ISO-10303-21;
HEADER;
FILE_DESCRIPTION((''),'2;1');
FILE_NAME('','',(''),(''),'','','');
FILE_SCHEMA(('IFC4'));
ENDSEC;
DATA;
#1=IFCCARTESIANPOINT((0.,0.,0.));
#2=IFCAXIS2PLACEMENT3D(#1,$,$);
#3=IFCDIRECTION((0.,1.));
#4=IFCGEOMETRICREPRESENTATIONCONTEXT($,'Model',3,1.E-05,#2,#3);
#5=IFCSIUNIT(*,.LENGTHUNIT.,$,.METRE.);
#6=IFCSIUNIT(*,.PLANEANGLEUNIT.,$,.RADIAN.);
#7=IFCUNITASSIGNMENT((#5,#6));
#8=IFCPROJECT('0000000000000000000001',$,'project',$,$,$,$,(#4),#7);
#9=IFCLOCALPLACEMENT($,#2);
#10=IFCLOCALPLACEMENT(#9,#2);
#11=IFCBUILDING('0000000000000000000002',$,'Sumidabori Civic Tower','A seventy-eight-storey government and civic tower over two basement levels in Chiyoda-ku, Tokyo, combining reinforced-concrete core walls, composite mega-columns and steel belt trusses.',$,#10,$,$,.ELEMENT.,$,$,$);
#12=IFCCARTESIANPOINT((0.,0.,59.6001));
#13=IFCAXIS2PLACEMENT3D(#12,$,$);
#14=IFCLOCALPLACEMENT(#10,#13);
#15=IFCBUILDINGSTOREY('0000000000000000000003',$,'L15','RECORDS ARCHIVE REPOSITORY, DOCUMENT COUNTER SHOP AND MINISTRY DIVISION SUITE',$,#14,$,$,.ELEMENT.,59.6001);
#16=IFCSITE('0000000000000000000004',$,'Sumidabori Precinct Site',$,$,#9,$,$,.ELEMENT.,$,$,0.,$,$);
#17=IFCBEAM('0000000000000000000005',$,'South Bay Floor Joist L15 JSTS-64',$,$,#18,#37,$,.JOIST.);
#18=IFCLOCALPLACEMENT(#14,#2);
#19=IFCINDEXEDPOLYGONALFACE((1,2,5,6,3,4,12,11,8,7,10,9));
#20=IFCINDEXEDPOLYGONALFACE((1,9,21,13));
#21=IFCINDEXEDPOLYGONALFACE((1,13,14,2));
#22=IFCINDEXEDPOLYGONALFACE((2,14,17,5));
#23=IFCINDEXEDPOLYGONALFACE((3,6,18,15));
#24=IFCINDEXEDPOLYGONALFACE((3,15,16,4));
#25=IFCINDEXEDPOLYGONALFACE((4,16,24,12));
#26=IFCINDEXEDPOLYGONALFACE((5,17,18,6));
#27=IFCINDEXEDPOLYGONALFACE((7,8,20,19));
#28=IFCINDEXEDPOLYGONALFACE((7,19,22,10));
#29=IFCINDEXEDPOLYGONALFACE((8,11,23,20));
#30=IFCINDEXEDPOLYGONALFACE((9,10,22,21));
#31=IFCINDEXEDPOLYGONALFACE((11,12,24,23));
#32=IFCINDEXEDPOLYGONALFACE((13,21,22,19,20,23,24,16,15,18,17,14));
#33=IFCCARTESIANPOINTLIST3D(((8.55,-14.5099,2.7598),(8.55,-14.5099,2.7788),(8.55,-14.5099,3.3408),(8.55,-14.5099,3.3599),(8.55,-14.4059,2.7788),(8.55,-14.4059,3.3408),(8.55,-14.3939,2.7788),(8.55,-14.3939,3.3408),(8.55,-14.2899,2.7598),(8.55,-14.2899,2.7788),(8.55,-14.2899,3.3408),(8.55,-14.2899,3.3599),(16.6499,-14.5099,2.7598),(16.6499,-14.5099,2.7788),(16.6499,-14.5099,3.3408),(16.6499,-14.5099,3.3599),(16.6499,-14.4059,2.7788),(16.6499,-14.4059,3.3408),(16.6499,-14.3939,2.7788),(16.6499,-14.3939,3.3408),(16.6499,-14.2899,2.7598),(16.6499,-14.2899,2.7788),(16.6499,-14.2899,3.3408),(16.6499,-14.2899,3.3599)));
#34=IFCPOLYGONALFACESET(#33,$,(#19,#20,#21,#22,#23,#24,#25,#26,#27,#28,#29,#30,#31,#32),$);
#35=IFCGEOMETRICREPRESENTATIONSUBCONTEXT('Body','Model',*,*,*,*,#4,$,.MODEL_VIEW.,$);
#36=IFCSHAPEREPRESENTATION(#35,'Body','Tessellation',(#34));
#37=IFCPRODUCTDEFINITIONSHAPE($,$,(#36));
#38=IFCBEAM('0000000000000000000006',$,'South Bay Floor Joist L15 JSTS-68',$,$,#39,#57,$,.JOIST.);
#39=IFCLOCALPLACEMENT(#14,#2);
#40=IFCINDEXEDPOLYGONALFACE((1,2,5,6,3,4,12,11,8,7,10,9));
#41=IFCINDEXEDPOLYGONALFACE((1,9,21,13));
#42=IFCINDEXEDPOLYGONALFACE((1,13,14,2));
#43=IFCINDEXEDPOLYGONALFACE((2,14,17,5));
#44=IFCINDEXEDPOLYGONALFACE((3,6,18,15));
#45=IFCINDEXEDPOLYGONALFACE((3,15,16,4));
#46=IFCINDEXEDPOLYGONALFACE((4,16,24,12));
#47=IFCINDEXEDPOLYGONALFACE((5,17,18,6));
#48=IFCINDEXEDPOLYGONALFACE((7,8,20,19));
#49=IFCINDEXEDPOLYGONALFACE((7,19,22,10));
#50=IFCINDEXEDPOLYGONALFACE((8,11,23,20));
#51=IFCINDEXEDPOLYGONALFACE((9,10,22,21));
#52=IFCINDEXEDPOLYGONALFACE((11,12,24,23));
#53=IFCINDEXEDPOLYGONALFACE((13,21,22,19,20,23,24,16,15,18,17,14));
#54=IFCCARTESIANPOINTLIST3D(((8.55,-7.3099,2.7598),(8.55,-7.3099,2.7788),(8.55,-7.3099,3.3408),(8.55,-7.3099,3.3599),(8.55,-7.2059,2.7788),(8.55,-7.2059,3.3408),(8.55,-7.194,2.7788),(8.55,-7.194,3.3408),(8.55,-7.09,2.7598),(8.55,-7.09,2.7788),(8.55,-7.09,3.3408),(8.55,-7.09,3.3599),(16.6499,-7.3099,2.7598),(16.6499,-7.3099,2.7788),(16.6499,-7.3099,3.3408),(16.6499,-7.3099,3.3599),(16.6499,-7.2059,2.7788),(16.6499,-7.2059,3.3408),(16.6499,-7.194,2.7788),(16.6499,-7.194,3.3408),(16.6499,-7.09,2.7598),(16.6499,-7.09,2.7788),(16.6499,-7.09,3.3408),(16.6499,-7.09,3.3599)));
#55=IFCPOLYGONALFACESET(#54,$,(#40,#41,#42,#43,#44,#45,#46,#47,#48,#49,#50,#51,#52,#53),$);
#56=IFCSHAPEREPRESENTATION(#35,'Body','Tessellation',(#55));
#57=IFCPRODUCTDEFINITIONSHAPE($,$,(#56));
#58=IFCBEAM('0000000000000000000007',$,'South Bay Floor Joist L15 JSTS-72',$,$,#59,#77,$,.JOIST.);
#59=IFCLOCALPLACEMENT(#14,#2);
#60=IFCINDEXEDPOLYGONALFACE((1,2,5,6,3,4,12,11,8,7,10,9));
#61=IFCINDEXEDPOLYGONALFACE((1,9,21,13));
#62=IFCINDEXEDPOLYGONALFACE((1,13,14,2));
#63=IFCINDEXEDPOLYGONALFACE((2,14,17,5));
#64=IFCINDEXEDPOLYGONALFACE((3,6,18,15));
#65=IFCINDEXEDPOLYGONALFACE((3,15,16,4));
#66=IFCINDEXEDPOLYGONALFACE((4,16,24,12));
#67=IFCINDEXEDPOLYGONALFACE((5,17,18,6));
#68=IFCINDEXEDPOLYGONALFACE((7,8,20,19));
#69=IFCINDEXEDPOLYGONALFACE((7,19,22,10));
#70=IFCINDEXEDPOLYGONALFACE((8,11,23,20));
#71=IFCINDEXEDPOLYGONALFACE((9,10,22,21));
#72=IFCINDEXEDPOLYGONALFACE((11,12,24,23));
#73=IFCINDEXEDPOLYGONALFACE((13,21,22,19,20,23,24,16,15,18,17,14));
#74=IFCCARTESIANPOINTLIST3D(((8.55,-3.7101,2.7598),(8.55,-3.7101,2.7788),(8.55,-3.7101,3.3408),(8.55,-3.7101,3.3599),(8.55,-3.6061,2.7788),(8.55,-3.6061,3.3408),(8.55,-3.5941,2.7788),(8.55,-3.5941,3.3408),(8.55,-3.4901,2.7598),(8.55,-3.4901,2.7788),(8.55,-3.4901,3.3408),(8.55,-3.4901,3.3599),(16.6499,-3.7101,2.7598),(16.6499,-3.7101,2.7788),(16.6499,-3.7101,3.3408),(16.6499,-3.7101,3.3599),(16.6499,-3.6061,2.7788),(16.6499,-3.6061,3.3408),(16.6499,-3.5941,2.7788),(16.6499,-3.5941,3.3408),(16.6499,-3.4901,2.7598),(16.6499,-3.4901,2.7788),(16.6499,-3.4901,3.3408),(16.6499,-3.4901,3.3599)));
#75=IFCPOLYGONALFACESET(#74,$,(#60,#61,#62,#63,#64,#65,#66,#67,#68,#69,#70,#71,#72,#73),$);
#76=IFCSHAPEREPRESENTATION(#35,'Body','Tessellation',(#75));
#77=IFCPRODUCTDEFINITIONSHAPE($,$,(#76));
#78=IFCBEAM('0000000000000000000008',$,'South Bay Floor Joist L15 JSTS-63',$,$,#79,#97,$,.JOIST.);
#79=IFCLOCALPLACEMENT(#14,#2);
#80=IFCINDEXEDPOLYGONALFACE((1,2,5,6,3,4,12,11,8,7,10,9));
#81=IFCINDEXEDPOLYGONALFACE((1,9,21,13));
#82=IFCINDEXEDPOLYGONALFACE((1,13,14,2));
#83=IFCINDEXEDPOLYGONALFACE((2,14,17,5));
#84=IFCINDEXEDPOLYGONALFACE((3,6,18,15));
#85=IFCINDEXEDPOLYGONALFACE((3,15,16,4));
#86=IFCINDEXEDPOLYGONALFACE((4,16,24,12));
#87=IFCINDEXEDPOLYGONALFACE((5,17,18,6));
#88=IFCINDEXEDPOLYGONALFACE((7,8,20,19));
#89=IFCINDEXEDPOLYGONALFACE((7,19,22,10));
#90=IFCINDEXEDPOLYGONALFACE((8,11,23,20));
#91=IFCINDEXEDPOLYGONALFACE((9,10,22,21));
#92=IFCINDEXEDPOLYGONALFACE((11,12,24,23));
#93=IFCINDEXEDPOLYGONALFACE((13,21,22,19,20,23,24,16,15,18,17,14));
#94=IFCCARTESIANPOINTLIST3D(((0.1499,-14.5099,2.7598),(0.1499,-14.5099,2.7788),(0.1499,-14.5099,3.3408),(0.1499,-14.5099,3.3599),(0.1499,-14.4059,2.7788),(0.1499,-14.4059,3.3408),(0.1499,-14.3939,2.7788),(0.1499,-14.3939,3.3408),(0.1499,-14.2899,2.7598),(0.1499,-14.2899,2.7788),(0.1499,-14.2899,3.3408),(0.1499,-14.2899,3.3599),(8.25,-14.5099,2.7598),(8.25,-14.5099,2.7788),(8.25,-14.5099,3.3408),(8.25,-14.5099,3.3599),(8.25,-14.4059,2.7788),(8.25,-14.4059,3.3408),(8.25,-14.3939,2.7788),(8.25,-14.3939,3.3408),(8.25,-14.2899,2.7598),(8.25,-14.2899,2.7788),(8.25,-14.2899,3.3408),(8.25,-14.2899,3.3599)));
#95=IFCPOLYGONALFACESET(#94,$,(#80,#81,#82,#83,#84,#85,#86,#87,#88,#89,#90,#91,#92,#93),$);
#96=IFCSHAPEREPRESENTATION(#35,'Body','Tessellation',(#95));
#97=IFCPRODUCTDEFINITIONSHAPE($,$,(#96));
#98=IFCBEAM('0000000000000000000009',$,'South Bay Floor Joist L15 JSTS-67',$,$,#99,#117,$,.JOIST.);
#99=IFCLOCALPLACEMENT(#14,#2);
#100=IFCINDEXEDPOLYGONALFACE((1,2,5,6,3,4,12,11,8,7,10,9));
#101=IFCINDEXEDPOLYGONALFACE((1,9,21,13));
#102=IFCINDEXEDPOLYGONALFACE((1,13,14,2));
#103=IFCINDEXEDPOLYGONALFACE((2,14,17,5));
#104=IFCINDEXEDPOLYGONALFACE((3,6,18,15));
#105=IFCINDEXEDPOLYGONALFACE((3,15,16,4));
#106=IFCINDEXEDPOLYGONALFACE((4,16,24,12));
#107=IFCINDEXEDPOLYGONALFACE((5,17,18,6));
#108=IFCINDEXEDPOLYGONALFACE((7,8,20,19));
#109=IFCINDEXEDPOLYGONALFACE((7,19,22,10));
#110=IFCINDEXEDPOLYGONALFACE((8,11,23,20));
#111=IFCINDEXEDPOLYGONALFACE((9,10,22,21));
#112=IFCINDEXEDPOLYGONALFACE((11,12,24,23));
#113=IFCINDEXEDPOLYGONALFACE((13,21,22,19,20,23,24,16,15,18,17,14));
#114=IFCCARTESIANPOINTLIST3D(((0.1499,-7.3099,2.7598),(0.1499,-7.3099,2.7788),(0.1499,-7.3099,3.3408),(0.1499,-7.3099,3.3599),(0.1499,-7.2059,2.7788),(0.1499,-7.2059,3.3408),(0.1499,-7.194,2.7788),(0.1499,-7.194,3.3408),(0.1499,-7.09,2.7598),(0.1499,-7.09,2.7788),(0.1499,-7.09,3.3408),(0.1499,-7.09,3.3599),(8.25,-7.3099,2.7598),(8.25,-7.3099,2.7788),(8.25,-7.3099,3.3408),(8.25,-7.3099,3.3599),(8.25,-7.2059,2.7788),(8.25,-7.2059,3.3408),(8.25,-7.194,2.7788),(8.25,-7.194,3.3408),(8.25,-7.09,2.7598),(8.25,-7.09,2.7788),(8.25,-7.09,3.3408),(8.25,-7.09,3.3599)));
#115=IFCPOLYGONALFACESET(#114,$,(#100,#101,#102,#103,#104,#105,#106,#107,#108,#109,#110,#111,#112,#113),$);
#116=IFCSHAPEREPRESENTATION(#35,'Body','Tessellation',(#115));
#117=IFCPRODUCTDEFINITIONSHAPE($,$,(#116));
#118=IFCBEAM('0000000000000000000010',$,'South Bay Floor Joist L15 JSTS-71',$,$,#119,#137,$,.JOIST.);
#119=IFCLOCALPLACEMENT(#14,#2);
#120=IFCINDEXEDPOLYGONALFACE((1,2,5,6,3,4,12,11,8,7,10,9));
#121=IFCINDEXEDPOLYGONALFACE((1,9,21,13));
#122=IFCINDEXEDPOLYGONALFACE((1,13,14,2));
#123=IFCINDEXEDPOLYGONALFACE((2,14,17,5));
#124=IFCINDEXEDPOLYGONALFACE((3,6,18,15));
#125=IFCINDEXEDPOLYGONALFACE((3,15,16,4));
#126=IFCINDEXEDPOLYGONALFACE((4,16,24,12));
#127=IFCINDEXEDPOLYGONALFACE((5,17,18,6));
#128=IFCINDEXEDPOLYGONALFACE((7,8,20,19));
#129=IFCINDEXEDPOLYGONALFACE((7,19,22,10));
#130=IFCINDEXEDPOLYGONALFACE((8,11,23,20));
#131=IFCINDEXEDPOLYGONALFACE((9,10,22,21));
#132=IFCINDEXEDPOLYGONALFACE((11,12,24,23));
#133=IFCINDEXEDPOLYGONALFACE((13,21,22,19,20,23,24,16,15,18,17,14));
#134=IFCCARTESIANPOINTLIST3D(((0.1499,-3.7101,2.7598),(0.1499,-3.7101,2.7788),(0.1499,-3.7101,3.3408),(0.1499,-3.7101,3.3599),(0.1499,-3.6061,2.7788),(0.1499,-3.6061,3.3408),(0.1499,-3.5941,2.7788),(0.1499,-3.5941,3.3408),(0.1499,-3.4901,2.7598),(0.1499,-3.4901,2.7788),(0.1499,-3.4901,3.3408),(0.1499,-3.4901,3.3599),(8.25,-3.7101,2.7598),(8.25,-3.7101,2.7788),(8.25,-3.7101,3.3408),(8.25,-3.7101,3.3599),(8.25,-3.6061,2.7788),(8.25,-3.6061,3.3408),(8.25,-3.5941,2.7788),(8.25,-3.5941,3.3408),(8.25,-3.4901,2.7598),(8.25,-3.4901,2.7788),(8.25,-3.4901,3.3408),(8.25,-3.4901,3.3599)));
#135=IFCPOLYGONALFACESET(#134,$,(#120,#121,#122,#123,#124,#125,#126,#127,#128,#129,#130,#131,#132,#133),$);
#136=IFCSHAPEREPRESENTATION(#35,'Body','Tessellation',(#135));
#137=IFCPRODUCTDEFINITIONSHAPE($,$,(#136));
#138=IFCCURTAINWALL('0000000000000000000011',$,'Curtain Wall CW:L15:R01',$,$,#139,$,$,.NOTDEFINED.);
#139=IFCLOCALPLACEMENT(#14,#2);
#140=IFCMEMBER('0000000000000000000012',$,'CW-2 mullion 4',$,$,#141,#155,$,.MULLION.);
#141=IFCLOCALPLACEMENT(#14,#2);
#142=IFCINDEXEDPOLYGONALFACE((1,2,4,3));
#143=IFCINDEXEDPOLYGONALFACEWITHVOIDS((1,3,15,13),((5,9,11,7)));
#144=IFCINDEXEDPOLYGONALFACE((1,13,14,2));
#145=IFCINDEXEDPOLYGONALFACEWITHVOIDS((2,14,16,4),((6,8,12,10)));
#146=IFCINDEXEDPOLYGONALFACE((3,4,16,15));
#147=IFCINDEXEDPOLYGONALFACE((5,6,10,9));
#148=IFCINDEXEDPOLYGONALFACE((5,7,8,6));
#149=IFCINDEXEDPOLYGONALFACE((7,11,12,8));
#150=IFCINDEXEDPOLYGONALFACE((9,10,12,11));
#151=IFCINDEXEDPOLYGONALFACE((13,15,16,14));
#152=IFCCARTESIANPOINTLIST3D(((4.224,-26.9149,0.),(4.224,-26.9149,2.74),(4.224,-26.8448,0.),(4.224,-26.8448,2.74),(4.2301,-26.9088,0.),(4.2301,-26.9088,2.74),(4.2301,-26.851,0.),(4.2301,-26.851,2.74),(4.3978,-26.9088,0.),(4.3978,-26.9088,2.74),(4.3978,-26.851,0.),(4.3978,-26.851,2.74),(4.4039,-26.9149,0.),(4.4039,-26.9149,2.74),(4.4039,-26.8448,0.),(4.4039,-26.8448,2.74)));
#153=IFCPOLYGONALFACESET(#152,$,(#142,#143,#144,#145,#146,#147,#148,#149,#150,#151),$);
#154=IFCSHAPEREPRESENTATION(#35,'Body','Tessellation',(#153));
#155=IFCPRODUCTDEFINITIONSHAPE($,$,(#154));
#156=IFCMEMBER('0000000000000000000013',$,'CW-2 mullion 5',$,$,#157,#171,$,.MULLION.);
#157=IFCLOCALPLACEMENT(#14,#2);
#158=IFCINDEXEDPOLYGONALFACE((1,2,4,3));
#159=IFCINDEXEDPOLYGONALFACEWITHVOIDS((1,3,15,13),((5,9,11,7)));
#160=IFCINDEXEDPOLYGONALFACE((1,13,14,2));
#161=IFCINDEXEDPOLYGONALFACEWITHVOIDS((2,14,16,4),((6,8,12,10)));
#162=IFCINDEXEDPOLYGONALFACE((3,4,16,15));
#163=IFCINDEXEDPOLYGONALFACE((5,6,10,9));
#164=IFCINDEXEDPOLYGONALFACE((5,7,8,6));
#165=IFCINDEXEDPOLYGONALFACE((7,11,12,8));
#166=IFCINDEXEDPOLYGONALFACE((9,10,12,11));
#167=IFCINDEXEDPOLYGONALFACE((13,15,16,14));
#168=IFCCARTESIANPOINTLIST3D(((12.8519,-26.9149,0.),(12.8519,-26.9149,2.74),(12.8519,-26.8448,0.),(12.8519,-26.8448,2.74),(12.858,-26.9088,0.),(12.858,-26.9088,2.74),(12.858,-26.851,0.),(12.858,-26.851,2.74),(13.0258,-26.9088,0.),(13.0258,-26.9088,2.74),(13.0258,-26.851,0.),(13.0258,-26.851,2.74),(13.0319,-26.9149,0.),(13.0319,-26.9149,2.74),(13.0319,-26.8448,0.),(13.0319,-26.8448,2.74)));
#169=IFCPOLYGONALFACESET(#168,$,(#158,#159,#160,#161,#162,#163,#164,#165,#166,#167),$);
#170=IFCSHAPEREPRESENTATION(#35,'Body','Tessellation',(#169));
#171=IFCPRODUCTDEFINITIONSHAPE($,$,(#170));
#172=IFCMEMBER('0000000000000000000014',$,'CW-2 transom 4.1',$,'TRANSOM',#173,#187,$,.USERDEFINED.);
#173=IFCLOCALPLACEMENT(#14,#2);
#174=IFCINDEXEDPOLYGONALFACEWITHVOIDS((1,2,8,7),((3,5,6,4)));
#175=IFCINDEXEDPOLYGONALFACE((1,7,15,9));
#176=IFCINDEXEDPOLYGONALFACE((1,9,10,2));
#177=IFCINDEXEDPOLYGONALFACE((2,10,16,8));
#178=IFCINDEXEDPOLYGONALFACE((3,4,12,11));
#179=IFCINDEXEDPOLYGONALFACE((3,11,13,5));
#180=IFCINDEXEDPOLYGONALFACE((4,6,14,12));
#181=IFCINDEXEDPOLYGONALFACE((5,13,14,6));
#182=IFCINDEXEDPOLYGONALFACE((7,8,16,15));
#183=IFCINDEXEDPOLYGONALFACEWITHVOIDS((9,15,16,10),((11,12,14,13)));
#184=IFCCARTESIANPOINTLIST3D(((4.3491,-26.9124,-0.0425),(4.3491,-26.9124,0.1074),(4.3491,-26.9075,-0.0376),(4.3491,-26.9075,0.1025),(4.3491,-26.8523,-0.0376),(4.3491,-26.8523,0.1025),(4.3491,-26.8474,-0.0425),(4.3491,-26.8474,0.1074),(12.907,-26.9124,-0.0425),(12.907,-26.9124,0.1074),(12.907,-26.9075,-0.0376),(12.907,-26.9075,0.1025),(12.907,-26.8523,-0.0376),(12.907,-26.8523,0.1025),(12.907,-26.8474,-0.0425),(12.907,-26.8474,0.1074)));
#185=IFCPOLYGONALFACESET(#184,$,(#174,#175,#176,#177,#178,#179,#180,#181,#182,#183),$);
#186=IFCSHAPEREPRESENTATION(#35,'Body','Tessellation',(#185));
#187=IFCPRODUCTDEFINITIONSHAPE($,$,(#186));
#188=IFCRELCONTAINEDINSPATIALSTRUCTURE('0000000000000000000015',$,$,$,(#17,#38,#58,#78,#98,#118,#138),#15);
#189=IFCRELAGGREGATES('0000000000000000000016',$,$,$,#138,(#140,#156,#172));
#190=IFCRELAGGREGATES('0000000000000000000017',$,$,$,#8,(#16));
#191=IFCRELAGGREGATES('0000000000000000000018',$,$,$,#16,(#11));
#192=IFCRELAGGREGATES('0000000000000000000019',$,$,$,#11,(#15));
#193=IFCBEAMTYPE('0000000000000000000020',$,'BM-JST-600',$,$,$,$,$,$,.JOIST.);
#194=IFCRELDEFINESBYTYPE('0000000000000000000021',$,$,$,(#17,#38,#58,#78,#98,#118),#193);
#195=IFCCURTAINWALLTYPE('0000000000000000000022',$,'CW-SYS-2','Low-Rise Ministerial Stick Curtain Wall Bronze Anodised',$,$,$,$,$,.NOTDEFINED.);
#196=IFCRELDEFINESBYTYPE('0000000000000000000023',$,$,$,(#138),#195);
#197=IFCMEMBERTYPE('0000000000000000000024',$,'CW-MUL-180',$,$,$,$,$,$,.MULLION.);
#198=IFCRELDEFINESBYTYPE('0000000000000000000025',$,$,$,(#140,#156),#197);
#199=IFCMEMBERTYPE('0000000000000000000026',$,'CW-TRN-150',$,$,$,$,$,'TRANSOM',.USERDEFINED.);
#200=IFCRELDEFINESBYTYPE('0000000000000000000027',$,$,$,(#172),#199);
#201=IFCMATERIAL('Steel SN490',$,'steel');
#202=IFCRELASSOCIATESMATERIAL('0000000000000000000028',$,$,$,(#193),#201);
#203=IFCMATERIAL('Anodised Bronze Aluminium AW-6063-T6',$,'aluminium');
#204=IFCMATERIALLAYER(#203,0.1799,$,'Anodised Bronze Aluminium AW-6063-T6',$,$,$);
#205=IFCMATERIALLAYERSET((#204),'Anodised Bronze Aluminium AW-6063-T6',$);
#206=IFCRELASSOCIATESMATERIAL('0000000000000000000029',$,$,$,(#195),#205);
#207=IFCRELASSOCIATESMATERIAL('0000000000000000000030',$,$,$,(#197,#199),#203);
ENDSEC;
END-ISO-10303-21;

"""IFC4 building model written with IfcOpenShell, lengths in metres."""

from ifc_helpers import new_model, si_unit, direction, frame, origin, origin_2d, place, context, subcontext, project, spatial, hollow_rectangle, i_section, extrude, source, transform, mapped, material, layer, layer_set, material_profile, profile_set, type_object, element, aggregate, save


model = new_model("IFC4")

# Units and contexts
model_context = context("Model", 3, precision=1e-05, world=origin(), true_north=direction((0.0, 1.0)))
body_context = subcontext(model_context, "Body", "Model", "MODEL_VIEW")
ifc_project = project(units=[si_unit("LENGTHUNIT", "METRE"), si_unit("PLANEANGLEUNIT", "RADIAN")], contexts=[model_context])

# Site, building, storey
site_placement = place(None, origin())
site = spatial("IfcSite", under=ifc_project, at=site_placement, Name="Sumidabori Precinct Site", CompositionType="ELEMENT", RefElevation=0.0)
building_placement = place(site_placement, origin())
building = spatial("IfcBuilding", under=site, at=building_placement, Name="Sumidabori Civic Tower", Description="A seventy-eight-storey government and civic tower over two basement levels in Chiyoda-ku, Tokyo, combining reinforced-concrete core walls, composite mega-columns and steel belt trusses.", CompositionType="ELEMENT")
storey_placement = place(building_placement, frame((0.0, 0.0, 59.6001)))
storey = spatial("IfcBuildingStorey", under=building, at=storey_placement, Name="L15", Description="RECORDS ARCHIVE REPOSITORY, DOCUMENT COUNTER SHOP AND MINISTRY DIVISION SUITE", CompositionType="ELEMENT", Elevation=59.6001)

# Beams
ifc_material_1 = material(Name="Steel SN490", Category="steel")
ifc_material_profile_1 = material_profile(ifc_material_1, i_section(OverallWidth=0.22, OverallDepth=0.6001, WebThickness=0.012, FlangeThickness=0.019, at=origin_2d()), Name="IPE 600")
ifc_profile_set_1 = profile_set([ifc_material_profile_1], Name="Steel SN490")
beam_type_1 = type_object("IfcBeamType", Name="BM-JST-600", PredefinedType="JOIST", material=ifc_profile_set_1)
shared_shape_1 = source(origin(), body_context, "Body", "SweptSolid", [
    extrude(i_section(OverallWidth=0.22, OverallDepth=0.6001, WebThickness=0.012, FlangeThickness=0.019, at=origin_2d()), origin(), (0.0, 0.0, 1.0), 8.0999),
])
for number, where, z_axis, x_axis, name in (
    (1, (8.55, -14.3999, 3.0598), (1.0, 0.0, 0.0), (0.0, 1.0, 0.0), "South Bay Floor Joist L15 JSTS-64"),
    (2, (8.55, -7.2, 3.0598), (1.0, 0.0, 0.0), (0.0, 1.0, 0.0), "South Bay Floor Joist L15 JSTS-68"),
    (3, (8.55, -3.6001, 3.0598), (1.0, 0.0, 0.0), (0.0, 1.0, 0.0), "South Bay Floor Joist L15 JSTS-72"),
):
    element("IfcBeam", number, at=place(storey_placement, frame(where, z_axis=z_axis, x_axis=x_axis)), inside=storey, type_object=beam_type_1, Name=name, PredefinedType="JOIST", context=body_context, shape_type="MappedRepresentation", body=[
        mapped(shared_shape_1, transform((0.0, 0.0, 0.0), x_axis=(1.0, 0.0, 0.0), y_axis=(0.0, 1.0, 0.0), z_axis=(0.0, 0.0, 1.0), scale=1.0)),
    ])
shared_shape_2 = source(origin(), body_context, "Body", "SweptSolid", [
    extrude(i_section(OverallWidth=0.22, OverallDepth=0.6001, WebThickness=0.012, FlangeThickness=0.019, at=origin_2d()), origin(), (0.0, 0.0, 1.0), 8.1001),
])
for number, where, z_axis, x_axis, name in (
    (4, (0.1499, -14.3999, 3.0598), (1.0, 0.0, 0.0), (0.0, 1.0, 0.0), "South Bay Floor Joist L15 JSTS-63"),
    (5, (0.1499, -7.2, 3.0598), (1.0, 0.0, 0.0), (0.0, 1.0, 0.0), "South Bay Floor Joist L15 JSTS-67"),
    (6, (0.1499, -3.6001, 3.0598), (1.0, 0.0, 0.0), (0.0, 1.0, 0.0), "South Bay Floor Joist L15 JSTS-71"),
):
    element("IfcBeam", number, at=place(storey_placement, frame(where, z_axis=z_axis, x_axis=x_axis)), inside=storey, type_object=beam_type_1, Name=name, PredefinedType="JOIST", context=body_context, shape_type="MappedRepresentation", body=[
        mapped(shared_shape_2, transform((0.0, 0.0, 0.0), x_axis=(1.0, 0.0, 0.0), y_axis=(0.0, 1.0, 0.0), z_axis=(0.0, 0.0, 1.0), scale=1.0)),
    ])

# Curtain wall, members
ifc_material_2 = material(Name="Anodised Bronze Aluminium AW-6063-T6", Category="aluminium")
ifc_layer_1 = layer(ifc_material_2, 0.1799, Name="Anodised Bronze Aluminium AW-6063-T6")
ifc_layer_set_1 = layer_set([ifc_layer_1], Name="Anodised Bronze Aluminium AW-6063-T6")
curtain_wall_type = type_object("IfcCurtainWallType", Name="CW-SYS-2", Description="Low-Rise Ministerial Stick Curtain Wall Bronze Anodised", PredefinedType="NOTDEFINED", material=ifc_layer_set_1)
curtain_wall_placement = place(storey_placement, origin())
curtain_wall = element("IfcCurtainWall", 7, at=curtain_wall_placement, inside=storey, type_object=curtain_wall_type, Name="Curtain Wall CW:L15:R01", PredefinedType="NOTDEFINED")
ifc_material_profile_2 = material_profile(ifc_material_2, hollow_rectangle(XDim=0.0701, YDim=0.1799, WallThickness=0.0061, at=origin_2d()), Name="ALU MULLION 180x70")
ifc_profile_set_2 = profile_set([ifc_material_profile_2], Name="Anodised Bronze Aluminium AW-6063-T6")
member_type_1 = type_object("IfcMemberType", Name="CW-MUL-180", PredefinedType="MULLION", material=ifc_profile_set_2)
shared_shape_3 = source(origin(), body_context, "Body", "SweptSolid", [
    extrude(hollow_rectangle(XDim=0.0701, YDim=0.1799, WallThickness=0.0061, at=origin_2d()), origin(), (0.0, 0.0, 1.0), 2.74),
])
member_1_placement = place(storey_placement, frame((4.314, -26.8799, 0.0), z_axis=(0.0, 0.0, 1.0), x_axis=(0.0, 1.0, 0.0)))
member_1 = element("IfcMember", 8, at=member_1_placement, type_object=member_type_1, Name="CW-2 mullion 4", PredefinedType="MULLION", context=body_context, shape_type="MappedRepresentation", body=[
    mapped(shared_shape_3, transform((0.0, 0.0, 0.0), x_axis=(1.0, 0.0, 0.0), y_axis=(0.0, 1.0, 0.0), z_axis=(0.0, 0.0, 1.0), scale=1.0)),
])
member_2_placement = place(storey_placement, frame((12.9419, -26.8799, 0.0), z_axis=(0.0, 0.0, 1.0), x_axis=(0.0, 1.0, 0.0)))
member_2 = element("IfcMember", 9, at=member_2_placement, type_object=member_type_1, Name="CW-2 mullion 5", PredefinedType="MULLION", context=body_context, shape_type="MappedRepresentation", body=[
    mapped(shared_shape_3, transform((0.0, 0.0, 0.0), x_axis=(1.0, 0.0, 0.0), y_axis=(0.0, 1.0, 0.0), z_axis=(0.0, 0.0, 1.0), scale=1.0)),
])
ifc_material_profile_3 = material_profile(ifc_material_2, hollow_rectangle(XDim=0.0649, YDim=0.1499, WallThickness=0.0049, at=origin_2d()), Name="ALU TRANSOM 150x65")
ifc_profile_set_3 = profile_set([ifc_material_profile_3], Name="Anodised Bronze Aluminium AW-6063-T6")
member_type_2 = type_object("IfcMemberType", Name="CW-TRN-150", ElementType="TRANSOM", PredefinedType="USERDEFINED", material=ifc_profile_set_3)
shared_shape_4 = source(origin(), body_context, "Body", "SweptSolid", [
    extrude(hollow_rectangle(XDim=0.0649, YDim=0.1499, WallThickness=0.0049, at=origin_2d()), origin(), (0.0, 0.0, 1.0), 8.5579),
])
member_3_placement = place(storey_placement, frame((4.3491, -26.8799, 0.0325), z_axis=(1.0, 0.0, 0.0), x_axis=(0.0, 1.0, 0.0)))
member_3 = element("IfcMember", 10, at=member_3_placement, type_object=member_type_2, Name="CW-2 transom 4.1", ObjectType="TRANSOM", PredefinedType="USERDEFINED", context=body_context, shape_type="MappedRepresentation", body=[
    mapped(shared_shape_4, transform((0.0, 0.0, 0.0), x_axis=(1.0, 0.0, 0.0), y_axis=(0.0, 1.0, 0.0), z_axis=(0.0, 0.0, 1.0), scale=1.0)),
])
aggregate(curtain_wall, [member_1, member_2, member_3])

save(model, "model.ifc")
